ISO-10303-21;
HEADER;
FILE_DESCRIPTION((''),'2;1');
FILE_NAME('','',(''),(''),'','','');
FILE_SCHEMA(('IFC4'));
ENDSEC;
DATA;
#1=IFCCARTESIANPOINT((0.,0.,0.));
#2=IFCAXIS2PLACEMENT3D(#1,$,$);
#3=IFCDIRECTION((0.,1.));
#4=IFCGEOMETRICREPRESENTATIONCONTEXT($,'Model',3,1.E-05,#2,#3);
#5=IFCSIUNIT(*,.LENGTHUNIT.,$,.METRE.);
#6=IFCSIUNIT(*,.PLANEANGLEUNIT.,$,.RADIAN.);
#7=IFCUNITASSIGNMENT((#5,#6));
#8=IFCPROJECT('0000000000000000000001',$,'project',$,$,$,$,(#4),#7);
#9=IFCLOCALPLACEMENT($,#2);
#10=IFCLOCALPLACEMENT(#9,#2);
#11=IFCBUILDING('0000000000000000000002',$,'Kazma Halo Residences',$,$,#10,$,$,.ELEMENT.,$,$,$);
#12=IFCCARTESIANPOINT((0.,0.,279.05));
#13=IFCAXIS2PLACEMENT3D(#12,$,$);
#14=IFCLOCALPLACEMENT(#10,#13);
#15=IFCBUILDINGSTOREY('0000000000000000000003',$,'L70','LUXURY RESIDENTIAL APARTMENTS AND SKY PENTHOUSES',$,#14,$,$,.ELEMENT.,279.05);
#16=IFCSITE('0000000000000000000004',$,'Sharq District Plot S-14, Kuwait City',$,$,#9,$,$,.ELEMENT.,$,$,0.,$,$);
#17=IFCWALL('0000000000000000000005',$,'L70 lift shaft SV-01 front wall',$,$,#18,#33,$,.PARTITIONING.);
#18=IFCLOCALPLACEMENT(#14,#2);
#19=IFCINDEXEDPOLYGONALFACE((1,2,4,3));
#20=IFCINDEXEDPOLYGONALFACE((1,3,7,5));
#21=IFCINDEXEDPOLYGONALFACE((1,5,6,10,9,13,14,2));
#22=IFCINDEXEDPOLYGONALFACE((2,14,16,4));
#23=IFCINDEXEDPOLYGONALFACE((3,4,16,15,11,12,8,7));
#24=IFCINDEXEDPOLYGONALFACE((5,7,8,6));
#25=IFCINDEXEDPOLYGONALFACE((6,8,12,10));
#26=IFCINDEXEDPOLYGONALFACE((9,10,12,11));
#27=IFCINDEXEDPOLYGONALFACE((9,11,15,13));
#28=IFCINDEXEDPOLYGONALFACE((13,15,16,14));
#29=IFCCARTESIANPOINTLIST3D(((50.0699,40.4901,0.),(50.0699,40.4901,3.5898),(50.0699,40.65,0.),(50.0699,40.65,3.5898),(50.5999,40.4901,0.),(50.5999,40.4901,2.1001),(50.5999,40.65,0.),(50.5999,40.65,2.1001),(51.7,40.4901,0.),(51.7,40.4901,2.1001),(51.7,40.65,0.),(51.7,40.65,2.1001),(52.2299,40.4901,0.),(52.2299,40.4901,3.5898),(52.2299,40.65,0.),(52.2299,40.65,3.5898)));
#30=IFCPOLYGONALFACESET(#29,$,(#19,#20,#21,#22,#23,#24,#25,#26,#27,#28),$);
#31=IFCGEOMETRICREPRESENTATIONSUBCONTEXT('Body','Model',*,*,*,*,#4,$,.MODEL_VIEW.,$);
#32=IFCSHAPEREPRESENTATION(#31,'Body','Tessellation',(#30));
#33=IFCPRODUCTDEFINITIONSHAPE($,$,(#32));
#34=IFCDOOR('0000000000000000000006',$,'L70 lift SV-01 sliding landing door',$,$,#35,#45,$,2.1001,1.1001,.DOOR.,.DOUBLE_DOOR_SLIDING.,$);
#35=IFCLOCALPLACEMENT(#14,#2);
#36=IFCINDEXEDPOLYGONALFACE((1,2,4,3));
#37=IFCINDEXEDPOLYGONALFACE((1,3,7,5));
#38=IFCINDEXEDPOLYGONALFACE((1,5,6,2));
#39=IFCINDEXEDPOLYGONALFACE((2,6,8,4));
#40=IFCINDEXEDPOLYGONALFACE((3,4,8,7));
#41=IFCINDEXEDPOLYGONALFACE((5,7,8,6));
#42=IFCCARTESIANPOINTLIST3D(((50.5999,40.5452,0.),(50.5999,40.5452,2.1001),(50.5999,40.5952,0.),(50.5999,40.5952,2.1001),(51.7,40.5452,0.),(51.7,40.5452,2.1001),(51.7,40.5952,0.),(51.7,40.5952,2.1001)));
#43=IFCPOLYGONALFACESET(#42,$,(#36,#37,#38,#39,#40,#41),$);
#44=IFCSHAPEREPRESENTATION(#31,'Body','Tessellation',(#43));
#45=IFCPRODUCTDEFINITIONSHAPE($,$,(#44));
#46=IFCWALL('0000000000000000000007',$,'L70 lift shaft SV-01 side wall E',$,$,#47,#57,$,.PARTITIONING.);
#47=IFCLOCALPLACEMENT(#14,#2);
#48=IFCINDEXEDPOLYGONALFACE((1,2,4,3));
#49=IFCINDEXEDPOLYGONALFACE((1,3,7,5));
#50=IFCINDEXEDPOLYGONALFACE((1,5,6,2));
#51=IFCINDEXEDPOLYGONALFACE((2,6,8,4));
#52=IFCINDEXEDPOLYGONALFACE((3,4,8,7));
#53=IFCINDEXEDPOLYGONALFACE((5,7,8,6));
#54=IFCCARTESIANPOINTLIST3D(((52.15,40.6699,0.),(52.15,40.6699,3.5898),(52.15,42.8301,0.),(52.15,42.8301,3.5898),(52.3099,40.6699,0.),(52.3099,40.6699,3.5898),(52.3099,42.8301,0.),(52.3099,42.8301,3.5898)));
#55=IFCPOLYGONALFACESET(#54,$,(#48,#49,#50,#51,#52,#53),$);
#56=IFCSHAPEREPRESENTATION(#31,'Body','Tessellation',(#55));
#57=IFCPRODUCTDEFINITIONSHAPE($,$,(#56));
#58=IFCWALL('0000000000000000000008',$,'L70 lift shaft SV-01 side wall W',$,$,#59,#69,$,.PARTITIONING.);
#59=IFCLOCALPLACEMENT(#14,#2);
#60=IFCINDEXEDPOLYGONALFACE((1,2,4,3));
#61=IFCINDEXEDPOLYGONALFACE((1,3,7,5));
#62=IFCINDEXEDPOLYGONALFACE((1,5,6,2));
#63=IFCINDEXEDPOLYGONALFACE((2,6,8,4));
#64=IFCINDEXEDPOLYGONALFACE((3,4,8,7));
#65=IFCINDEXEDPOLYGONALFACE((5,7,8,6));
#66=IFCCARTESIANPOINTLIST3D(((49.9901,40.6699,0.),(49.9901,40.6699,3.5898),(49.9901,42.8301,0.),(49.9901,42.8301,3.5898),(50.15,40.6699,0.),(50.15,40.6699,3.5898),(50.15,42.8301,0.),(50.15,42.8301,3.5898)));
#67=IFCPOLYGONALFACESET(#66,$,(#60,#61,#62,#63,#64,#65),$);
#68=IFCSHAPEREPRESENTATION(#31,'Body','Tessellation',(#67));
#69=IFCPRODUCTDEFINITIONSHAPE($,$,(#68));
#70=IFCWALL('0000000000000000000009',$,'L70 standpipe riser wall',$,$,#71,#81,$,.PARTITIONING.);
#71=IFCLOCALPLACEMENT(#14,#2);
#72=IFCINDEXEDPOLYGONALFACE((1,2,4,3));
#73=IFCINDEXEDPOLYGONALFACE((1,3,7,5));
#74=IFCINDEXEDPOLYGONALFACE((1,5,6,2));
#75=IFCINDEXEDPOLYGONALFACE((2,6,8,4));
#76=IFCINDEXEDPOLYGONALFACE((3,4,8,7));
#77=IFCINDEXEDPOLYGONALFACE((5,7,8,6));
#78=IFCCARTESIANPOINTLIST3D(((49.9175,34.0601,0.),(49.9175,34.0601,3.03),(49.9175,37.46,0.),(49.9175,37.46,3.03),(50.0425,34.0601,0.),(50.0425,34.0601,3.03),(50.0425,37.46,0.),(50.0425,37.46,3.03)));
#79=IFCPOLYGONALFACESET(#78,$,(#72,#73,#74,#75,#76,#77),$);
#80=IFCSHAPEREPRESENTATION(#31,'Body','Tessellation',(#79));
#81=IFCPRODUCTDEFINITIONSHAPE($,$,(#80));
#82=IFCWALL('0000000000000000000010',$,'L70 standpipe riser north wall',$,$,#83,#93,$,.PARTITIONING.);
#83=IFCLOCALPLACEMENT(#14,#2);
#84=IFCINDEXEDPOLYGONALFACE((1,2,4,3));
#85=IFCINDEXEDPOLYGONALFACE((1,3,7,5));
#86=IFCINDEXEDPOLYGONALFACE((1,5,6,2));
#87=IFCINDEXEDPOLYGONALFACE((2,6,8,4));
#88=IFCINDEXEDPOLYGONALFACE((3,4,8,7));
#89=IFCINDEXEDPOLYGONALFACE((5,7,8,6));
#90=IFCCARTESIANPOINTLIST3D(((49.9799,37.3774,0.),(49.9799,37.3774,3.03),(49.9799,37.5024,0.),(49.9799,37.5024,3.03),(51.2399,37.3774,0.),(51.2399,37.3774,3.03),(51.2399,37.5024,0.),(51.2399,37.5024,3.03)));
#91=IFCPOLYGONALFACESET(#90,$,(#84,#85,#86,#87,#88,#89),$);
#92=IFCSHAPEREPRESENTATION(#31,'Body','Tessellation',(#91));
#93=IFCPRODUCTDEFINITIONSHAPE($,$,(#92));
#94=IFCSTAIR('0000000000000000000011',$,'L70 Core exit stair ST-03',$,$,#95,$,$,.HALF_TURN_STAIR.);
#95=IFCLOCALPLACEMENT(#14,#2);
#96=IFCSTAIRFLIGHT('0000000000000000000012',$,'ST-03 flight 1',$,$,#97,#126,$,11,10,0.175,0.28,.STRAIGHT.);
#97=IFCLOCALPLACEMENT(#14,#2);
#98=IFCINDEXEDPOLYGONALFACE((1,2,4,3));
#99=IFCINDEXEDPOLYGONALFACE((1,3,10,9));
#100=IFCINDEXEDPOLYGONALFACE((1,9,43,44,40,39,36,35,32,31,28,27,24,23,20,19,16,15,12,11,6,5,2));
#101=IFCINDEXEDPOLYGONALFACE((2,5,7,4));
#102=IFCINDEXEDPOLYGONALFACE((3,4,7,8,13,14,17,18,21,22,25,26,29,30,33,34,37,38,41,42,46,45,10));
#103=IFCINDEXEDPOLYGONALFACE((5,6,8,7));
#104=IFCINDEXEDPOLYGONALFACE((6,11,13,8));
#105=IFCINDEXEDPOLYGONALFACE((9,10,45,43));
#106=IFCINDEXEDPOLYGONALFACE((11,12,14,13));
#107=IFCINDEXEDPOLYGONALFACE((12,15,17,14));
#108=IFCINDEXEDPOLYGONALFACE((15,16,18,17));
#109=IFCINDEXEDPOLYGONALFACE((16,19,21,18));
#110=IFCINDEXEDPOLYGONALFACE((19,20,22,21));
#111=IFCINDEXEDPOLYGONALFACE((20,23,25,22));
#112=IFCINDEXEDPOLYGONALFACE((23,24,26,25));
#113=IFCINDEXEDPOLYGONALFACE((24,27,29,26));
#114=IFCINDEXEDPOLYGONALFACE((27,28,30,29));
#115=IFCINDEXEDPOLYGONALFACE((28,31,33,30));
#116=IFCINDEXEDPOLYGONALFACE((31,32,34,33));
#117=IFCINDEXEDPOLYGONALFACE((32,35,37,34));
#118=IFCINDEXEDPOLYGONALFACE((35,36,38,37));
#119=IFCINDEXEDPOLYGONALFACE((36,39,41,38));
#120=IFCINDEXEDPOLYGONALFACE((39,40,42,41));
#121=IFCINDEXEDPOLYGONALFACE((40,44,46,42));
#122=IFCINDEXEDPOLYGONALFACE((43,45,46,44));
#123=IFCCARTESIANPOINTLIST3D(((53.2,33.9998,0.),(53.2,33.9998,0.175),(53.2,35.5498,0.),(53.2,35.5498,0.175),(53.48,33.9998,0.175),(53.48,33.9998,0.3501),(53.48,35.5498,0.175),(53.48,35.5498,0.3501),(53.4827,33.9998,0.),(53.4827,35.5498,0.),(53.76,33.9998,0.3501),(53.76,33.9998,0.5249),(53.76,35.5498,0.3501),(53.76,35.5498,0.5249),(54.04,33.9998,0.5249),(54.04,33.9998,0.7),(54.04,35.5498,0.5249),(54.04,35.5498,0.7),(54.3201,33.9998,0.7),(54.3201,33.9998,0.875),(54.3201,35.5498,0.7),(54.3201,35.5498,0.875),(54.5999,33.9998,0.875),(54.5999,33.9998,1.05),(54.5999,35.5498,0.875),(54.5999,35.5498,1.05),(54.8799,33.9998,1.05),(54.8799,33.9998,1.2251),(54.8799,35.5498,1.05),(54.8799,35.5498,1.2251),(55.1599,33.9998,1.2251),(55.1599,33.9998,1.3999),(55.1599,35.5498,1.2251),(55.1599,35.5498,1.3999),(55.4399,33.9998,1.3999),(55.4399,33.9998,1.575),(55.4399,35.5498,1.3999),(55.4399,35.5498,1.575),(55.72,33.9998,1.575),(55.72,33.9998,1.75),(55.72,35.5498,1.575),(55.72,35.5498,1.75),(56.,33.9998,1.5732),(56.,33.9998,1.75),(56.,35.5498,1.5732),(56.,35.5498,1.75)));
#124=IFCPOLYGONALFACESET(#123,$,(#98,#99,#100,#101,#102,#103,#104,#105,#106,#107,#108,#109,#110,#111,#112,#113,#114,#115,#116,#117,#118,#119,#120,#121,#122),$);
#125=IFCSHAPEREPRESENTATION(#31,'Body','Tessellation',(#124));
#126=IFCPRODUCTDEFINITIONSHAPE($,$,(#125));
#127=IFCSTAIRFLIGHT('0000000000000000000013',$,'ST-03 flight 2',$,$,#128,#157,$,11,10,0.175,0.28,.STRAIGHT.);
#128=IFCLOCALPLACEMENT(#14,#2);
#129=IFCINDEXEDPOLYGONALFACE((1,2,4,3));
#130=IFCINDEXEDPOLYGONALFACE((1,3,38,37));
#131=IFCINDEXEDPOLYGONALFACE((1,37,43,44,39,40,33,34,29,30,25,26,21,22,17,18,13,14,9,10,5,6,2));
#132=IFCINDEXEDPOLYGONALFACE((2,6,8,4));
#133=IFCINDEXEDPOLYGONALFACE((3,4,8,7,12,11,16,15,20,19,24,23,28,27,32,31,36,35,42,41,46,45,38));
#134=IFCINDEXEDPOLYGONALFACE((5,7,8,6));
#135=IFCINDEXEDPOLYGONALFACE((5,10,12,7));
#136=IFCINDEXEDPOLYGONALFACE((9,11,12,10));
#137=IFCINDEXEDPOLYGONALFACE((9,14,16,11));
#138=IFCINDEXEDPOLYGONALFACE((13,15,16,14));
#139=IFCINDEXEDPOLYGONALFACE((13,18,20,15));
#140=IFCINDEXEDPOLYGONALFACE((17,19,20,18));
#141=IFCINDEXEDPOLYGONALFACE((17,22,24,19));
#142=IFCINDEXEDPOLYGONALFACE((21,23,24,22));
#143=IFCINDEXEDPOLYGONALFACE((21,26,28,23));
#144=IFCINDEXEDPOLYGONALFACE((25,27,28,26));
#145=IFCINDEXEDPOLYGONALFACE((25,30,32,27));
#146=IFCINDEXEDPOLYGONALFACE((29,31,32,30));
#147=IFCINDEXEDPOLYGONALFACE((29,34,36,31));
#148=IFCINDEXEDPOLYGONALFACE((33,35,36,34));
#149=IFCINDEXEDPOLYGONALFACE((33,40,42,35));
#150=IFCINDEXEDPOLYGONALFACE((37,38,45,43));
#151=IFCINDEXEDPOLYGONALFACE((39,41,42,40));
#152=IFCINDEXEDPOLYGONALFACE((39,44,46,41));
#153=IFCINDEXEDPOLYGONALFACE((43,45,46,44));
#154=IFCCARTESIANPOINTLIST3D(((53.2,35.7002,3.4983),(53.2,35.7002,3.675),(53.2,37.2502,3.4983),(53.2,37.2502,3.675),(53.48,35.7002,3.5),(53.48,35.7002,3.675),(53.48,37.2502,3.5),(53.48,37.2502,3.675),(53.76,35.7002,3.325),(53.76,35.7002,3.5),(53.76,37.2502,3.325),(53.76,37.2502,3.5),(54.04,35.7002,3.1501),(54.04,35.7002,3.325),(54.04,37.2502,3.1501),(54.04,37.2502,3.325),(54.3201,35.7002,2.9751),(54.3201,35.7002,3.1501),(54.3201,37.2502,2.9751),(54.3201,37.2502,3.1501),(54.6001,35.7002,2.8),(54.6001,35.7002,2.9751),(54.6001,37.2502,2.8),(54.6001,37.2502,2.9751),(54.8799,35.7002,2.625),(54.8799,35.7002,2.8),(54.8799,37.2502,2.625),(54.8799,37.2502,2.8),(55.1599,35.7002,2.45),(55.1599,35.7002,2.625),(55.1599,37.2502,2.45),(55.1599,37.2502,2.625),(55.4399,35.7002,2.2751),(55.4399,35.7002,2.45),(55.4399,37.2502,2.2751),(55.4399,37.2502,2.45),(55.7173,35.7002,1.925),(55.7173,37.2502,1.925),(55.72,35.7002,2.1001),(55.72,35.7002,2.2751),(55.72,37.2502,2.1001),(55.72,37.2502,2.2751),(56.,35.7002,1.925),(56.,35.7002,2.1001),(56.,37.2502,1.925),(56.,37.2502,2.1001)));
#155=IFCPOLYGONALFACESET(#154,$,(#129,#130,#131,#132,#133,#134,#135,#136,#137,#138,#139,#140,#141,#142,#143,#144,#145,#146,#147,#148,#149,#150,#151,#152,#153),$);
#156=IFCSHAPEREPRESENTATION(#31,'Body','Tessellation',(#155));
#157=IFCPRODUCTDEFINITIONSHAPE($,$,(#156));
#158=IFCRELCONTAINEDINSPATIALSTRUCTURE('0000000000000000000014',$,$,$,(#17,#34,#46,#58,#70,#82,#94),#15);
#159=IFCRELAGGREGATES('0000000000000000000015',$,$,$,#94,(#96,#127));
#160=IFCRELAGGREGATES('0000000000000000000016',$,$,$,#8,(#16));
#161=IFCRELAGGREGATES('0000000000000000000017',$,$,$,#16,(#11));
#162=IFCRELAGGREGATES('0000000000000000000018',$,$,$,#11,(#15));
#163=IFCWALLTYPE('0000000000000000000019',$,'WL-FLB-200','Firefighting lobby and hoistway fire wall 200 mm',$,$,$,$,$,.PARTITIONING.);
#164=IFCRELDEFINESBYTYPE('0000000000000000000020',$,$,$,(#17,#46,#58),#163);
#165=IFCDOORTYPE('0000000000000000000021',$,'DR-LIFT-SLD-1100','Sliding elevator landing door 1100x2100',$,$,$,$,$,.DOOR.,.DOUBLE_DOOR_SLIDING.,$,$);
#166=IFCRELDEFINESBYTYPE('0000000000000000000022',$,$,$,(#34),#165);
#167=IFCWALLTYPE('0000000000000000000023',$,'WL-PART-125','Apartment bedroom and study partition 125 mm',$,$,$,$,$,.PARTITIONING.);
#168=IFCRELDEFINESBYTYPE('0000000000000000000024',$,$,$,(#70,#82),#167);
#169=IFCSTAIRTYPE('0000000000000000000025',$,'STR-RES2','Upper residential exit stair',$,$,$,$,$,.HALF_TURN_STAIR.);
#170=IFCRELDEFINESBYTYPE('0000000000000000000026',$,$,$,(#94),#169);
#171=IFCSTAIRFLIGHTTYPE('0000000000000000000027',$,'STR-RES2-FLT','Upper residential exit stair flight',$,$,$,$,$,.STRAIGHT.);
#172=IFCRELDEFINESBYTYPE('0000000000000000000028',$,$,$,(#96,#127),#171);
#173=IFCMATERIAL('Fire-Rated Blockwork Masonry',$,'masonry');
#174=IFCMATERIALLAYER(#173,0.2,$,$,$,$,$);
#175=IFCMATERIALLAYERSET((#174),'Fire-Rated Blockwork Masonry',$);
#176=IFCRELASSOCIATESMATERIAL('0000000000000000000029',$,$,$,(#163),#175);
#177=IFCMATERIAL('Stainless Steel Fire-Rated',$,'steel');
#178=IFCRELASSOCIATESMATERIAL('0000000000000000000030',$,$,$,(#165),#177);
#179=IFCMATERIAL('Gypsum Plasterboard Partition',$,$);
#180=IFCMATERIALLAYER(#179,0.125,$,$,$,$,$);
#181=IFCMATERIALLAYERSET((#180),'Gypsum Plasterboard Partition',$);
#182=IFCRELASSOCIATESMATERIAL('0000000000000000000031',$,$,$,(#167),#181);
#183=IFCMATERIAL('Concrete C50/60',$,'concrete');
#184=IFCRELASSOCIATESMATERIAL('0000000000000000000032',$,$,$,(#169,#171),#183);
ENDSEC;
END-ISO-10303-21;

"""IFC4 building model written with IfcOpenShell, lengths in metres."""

from ifc_helpers import new_model, si_unit, direction, frame, frame_2d, origin, place, context, subcontext, project, spatial, polyline, rectangle, outline, extrude, material, layer, layer_set, type_object, element, fill, aggregate, save


model = new_model("IFC4")

# Units and contexts
model_context = context("Model", 3, precision=1e-05, world=origin(), true_north=direction((0.0, 1.0)))
body_context = subcontext(model_context, "Body", "Model", "MODEL_VIEW")
ifc_project = project(units=[si_unit("LENGTHUNIT", "METRE"), si_unit("PLANEANGLEUNIT", "RADIAN")], contexts=[model_context])

# Site, building, storey
site_placement = place(None, origin())
site = spatial("IfcSite", under=ifc_project, at=site_placement, Name="Sharq District Plot S-14, Kuwait City", CompositionType="ELEMENT", RefElevation=0.0)
building_placement = place(site_placement, origin())
building = spatial("IfcBuilding", under=site, at=building_placement, Name="Kazma Halo Residences", CompositionType="ELEMENT")
storey_placement = place(building_placement, frame((0.0, 0.0, 279.05)))
storey = spatial("IfcBuildingStorey", under=building, at=storey_placement, Name="L70", Description="LUXURY RESIDENTIAL APARTMENTS AND SKY PENTHOUSES", CompositionType="ELEMENT", Elevation=279.05)

# Shared definitions
ifc_material_1 = material(Name="Fire-Rated Blockwork Masonry", Category="masonry")
ifc_layer_1 = layer(ifc_material_1, 0.2)
ifc_layer_set_1 = layer_set([ifc_layer_1], Name="Fire-Rated Blockwork Masonry")
wall_type_1 = type_object("IfcWallType", Name="WL-FLB-200", Description="Firefighting lobby and hoistway fire wall 200 mm", PredefinedType="PARTITIONING", material=ifc_layer_set_1)
ifc_material_2 = material(Name="Stainless Steel Fire-Rated", Category="steel")
door_type_1 = type_object("IfcDoorType", Name="DR-LIFT-SLD-1100", Description="Sliding elevator landing door 1100x2100", OperationType="DOUBLE_DOOR_SLIDING", PredefinedType="DOOR", material=ifc_material_2)

# Wall, opening, door
wall_1_placement = place(storey_placement, frame((52.23, 40.5701, 0.0), z_axis=(0.0, 0.0, 1.0), x_axis=(-1.0, 0.0, 0.0)))
wall_1 = element("IfcWall", 1, at=wall_1_placement, inside=storey, type_object=wall_type_1, Name="L70 lift shaft SV-01 front wall", PredefinedType="PARTITIONING", context=body_context, shape_type="SweptSolid", body=[
    extrude(rectangle(XDim=2.1599, YDim=0.1599, at=frame_2d((1.0801, 0.0))), origin(), (0.0, 0.0, 1.0), 3.5898),
])
opening_1_placement = place(wall_1_placement, frame((0.53, 0.0, 0.0)))
opening_1 = element("IfcOpeningElement", 2, at=opening_1_placement, cuts=wall_1, PredefinedType="OPENING", context=body_context, shape_type="SweptSolid", body=[
    extrude(rectangle(XDim=1.1001, YDim=2.1001, at=frame_2d((0.55, 1.05))), frame((0.0, 0.0898, 0.0), z_axis=(0.0, -1.0, 0.0), x_axis=(1.0, 0.0, 0.0)), (0.0, 0.0, 1.0), 0.1799),
])
door_1_placement = place(opening_1_placement, origin())
door_1 = element("IfcDoor", 3, at=door_1_placement, inside=storey, type_object=door_type_1, Name="L70 lift SV-01 sliding landing door", OperationType="DOUBLE_DOOR_SLIDING", OverallHeight=2.1001, OverallWidth=1.1001, PredefinedType="DOOR", context=body_context, shape_type="SweptSolid", body=[
    extrude(rectangle(XDim=1.1001, YDim=2.1001, at=frame_2d((0.55, 1.05))), frame((0.0, 0.0249, 0.0), z_axis=(0.0, -1.0, 0.0), x_axis=(1.0, 0.0, 0.0)), (0.0, 0.0, 1.0), 0.05),
])
fill(opening_1, door_1)

# Walls
for number, where, z_axis, x_axis, name in (
    (4, (52.23, 40.6699, 0.0), (0.0, 0.0, 1.0), (0.0, 1.0, 0.0), "L70 lift shaft SV-01 side wall E"),
    (5, (50.0701, 40.6699, 0.0), (0.0, 0.0, 1.0), (0.0, 1.0, 0.0), "L70 lift shaft SV-01 side wall W"),
):
    element("IfcWall", number, at=place(storey_placement, frame(where, z_axis=z_axis, x_axis=x_axis)), inside=storey, type_object=wall_type_1, Name=name, PredefinedType="PARTITIONING", context=body_context, shape_type="SweptSolid", body=[
        extrude(rectangle(XDim=2.1602, YDim=0.1599, at=frame_2d((1.0801, 0.0))), origin(), (0.0, 0.0, 1.0), 3.5898),
    ])
ifc_material_3 = material(Name="Gypsum Plasterboard Partition")
ifc_layer_2 = layer(ifc_material_3, 0.125)
ifc_layer_set_2 = layer_set([ifc_layer_2], Name="Gypsum Plasterboard Partition")
wall_type_2 = type_object("IfcWallType", Name="WL-PART-125", Description="Apartment bedroom and study partition 125 mm", PredefinedType="PARTITIONING", material=ifc_layer_set_2)
wall_2_placement = place(storey_placement, frame((49.98, 34.0601, 0.0), z_axis=(0.0, 0.0, 1.0), x_axis=(0.0, 1.0, 0.0)))
element("IfcWall", 6, at=wall_2_placement, inside=storey, type_object=wall_type_2, Name="L70 standpipe riser wall", PredefinedType="PARTITIONING", context=body_context, shape_type="SweptSolid", body=[
    extrude(rectangle(XDim=3.3999, YDim=0.125, at=frame_2d((1.7, 0.0))), origin(), (0.0, 0.0, 1.0), 3.03),
])
wall_3_placement = place(storey_placement, frame((49.98, 37.4399, 0.0), z_axis=(0.0, 0.0, 1.0), x_axis=(1.0, 0.0, 0.0)))
element("IfcWall", 7, at=wall_3_placement, inside=storey, type_object=wall_type_2, Name="L70 standpipe riser north wall", PredefinedType="PARTITIONING", context=body_context, shape_type="SweptSolid", body=[
    extrude(rectangle(XDim=1.26, YDim=0.125, at=frame_2d((0.6299, 0.0))), origin(), (0.0, 0.0, 1.0), 3.03),
])

# Shared definitions
ifc_material_4 = material(Name="Concrete C50/60", Category="concrete")

# Stair, stair flights
stair_type = type_object("IfcStairType", Name="STR-RES2", Description="Upper residential exit stair", PredefinedType="HALF_TURN_STAIR", material=ifc_material_4)
stair_placement = place(storey_placement, origin())
stair = element("IfcStair", 8, at=stair_placement, inside=storey, type_object=stair_type, Name="L70 Core exit stair ST-03", PredefinedType="HALF_TURN_STAIR")
stair_flight_type = type_object("IfcStairFlightType", Name="STR-RES2-FLT", Description="Upper residential exit stair flight", PredefinedType="STRAIGHT", material=ifc_material_4)
stair_flight_1_placement = place(storey_placement, frame((53.2, 34.7749, 0.0), z_axis=(0.0, 0.0, 1.0), x_axis=(1.0, 0.0, 0.0)))
stair_flight_1 = element("IfcStairFlight", 9, at=stair_flight_1_placement, type_object=stair_flight_type, Name="ST-03 flight 1", NumberOfRisers=11, NumberOfTreads=10, PredefinedType="STRAIGHT", RiserHeight=0.175, TreadLength=0.28, context=body_context, shape_type="SweptSolid", body=[
    extrude(outline(polyline([(0.0, 0.0), (0.0, 0.175), (0.28, 0.175), (0.28, 0.3501), (0.5601, 0.3501), (0.5601, 0.5249), (0.8401, 0.5249), (0.8401, 0.7), (1.1201, 0.7), (1.1201, 0.875), (1.3999, 0.875), (1.3999, 1.05), (1.6799, 1.05), (1.6799, 1.2251), (1.96, 1.2251), (1.96, 1.3999), (2.24, 1.3999), (2.24, 1.575), (2.52, 1.575), (2.52, 1.75), (2.8, 1.75), (2.8, 1.925), (2.8, 1.5732), (0.2827, 0.0), (0.0, 0.0)])), frame((0.0, 0.7749, 0.0), z_axis=(0.0, -1.0, 0.0), x_axis=(1.0, 0.0, 0.0)), (0.0, 0.0, 1.0), 1.55),
])
stair_flight_2_placement = place(storey_placement, frame((56.0, 36.4751, 1.925), z_axis=(0.0, 0.0, 1.0), x_axis=(-1.0, 0.0, 0.0)))
stair_flight_2 = element("IfcStairFlight", 10, at=stair_flight_2_placement, type_object=stair_flight_type, Name="ST-03 flight 2", NumberOfRisers=11, NumberOfTreads=10, PredefinedType="STRAIGHT", RiserHeight=0.175, TreadLength=0.28, context=body_context, shape_type="SweptSolid", body=[
    extrude(outline(polyline([(0.0, 0.0), (0.0, 0.175), (0.28, 0.175), (0.28, 0.3501), (0.5601, 0.3501), (0.5601, 0.5249), (0.8401, 0.5249), (0.8401, 0.7), (1.1201, 0.7), (1.1201, 0.875), (1.3999, 0.875), (1.3999, 1.05), (1.6799, 1.05), (1.6799, 1.2251), (1.96, 1.2251), (1.96, 1.3999), (2.24, 1.3999), (2.24, 1.575), (2.52, 1.575), (2.52, 1.75), (2.8, 1.75), (2.8, 1.925), (2.8, 1.5732), (0.2827, 0.0), (0.0, 0.0)])), frame((0.0, 0.7749, 0.0), z_axis=(0.0, -1.0, 0.0), x_axis=(1.0, 0.0, 0.0)), (0.0, 0.0, 1.0), 1.55),
])
aggregate(stair, [stair_flight_1, stair_flight_2])

save(model, "model.ifc")
